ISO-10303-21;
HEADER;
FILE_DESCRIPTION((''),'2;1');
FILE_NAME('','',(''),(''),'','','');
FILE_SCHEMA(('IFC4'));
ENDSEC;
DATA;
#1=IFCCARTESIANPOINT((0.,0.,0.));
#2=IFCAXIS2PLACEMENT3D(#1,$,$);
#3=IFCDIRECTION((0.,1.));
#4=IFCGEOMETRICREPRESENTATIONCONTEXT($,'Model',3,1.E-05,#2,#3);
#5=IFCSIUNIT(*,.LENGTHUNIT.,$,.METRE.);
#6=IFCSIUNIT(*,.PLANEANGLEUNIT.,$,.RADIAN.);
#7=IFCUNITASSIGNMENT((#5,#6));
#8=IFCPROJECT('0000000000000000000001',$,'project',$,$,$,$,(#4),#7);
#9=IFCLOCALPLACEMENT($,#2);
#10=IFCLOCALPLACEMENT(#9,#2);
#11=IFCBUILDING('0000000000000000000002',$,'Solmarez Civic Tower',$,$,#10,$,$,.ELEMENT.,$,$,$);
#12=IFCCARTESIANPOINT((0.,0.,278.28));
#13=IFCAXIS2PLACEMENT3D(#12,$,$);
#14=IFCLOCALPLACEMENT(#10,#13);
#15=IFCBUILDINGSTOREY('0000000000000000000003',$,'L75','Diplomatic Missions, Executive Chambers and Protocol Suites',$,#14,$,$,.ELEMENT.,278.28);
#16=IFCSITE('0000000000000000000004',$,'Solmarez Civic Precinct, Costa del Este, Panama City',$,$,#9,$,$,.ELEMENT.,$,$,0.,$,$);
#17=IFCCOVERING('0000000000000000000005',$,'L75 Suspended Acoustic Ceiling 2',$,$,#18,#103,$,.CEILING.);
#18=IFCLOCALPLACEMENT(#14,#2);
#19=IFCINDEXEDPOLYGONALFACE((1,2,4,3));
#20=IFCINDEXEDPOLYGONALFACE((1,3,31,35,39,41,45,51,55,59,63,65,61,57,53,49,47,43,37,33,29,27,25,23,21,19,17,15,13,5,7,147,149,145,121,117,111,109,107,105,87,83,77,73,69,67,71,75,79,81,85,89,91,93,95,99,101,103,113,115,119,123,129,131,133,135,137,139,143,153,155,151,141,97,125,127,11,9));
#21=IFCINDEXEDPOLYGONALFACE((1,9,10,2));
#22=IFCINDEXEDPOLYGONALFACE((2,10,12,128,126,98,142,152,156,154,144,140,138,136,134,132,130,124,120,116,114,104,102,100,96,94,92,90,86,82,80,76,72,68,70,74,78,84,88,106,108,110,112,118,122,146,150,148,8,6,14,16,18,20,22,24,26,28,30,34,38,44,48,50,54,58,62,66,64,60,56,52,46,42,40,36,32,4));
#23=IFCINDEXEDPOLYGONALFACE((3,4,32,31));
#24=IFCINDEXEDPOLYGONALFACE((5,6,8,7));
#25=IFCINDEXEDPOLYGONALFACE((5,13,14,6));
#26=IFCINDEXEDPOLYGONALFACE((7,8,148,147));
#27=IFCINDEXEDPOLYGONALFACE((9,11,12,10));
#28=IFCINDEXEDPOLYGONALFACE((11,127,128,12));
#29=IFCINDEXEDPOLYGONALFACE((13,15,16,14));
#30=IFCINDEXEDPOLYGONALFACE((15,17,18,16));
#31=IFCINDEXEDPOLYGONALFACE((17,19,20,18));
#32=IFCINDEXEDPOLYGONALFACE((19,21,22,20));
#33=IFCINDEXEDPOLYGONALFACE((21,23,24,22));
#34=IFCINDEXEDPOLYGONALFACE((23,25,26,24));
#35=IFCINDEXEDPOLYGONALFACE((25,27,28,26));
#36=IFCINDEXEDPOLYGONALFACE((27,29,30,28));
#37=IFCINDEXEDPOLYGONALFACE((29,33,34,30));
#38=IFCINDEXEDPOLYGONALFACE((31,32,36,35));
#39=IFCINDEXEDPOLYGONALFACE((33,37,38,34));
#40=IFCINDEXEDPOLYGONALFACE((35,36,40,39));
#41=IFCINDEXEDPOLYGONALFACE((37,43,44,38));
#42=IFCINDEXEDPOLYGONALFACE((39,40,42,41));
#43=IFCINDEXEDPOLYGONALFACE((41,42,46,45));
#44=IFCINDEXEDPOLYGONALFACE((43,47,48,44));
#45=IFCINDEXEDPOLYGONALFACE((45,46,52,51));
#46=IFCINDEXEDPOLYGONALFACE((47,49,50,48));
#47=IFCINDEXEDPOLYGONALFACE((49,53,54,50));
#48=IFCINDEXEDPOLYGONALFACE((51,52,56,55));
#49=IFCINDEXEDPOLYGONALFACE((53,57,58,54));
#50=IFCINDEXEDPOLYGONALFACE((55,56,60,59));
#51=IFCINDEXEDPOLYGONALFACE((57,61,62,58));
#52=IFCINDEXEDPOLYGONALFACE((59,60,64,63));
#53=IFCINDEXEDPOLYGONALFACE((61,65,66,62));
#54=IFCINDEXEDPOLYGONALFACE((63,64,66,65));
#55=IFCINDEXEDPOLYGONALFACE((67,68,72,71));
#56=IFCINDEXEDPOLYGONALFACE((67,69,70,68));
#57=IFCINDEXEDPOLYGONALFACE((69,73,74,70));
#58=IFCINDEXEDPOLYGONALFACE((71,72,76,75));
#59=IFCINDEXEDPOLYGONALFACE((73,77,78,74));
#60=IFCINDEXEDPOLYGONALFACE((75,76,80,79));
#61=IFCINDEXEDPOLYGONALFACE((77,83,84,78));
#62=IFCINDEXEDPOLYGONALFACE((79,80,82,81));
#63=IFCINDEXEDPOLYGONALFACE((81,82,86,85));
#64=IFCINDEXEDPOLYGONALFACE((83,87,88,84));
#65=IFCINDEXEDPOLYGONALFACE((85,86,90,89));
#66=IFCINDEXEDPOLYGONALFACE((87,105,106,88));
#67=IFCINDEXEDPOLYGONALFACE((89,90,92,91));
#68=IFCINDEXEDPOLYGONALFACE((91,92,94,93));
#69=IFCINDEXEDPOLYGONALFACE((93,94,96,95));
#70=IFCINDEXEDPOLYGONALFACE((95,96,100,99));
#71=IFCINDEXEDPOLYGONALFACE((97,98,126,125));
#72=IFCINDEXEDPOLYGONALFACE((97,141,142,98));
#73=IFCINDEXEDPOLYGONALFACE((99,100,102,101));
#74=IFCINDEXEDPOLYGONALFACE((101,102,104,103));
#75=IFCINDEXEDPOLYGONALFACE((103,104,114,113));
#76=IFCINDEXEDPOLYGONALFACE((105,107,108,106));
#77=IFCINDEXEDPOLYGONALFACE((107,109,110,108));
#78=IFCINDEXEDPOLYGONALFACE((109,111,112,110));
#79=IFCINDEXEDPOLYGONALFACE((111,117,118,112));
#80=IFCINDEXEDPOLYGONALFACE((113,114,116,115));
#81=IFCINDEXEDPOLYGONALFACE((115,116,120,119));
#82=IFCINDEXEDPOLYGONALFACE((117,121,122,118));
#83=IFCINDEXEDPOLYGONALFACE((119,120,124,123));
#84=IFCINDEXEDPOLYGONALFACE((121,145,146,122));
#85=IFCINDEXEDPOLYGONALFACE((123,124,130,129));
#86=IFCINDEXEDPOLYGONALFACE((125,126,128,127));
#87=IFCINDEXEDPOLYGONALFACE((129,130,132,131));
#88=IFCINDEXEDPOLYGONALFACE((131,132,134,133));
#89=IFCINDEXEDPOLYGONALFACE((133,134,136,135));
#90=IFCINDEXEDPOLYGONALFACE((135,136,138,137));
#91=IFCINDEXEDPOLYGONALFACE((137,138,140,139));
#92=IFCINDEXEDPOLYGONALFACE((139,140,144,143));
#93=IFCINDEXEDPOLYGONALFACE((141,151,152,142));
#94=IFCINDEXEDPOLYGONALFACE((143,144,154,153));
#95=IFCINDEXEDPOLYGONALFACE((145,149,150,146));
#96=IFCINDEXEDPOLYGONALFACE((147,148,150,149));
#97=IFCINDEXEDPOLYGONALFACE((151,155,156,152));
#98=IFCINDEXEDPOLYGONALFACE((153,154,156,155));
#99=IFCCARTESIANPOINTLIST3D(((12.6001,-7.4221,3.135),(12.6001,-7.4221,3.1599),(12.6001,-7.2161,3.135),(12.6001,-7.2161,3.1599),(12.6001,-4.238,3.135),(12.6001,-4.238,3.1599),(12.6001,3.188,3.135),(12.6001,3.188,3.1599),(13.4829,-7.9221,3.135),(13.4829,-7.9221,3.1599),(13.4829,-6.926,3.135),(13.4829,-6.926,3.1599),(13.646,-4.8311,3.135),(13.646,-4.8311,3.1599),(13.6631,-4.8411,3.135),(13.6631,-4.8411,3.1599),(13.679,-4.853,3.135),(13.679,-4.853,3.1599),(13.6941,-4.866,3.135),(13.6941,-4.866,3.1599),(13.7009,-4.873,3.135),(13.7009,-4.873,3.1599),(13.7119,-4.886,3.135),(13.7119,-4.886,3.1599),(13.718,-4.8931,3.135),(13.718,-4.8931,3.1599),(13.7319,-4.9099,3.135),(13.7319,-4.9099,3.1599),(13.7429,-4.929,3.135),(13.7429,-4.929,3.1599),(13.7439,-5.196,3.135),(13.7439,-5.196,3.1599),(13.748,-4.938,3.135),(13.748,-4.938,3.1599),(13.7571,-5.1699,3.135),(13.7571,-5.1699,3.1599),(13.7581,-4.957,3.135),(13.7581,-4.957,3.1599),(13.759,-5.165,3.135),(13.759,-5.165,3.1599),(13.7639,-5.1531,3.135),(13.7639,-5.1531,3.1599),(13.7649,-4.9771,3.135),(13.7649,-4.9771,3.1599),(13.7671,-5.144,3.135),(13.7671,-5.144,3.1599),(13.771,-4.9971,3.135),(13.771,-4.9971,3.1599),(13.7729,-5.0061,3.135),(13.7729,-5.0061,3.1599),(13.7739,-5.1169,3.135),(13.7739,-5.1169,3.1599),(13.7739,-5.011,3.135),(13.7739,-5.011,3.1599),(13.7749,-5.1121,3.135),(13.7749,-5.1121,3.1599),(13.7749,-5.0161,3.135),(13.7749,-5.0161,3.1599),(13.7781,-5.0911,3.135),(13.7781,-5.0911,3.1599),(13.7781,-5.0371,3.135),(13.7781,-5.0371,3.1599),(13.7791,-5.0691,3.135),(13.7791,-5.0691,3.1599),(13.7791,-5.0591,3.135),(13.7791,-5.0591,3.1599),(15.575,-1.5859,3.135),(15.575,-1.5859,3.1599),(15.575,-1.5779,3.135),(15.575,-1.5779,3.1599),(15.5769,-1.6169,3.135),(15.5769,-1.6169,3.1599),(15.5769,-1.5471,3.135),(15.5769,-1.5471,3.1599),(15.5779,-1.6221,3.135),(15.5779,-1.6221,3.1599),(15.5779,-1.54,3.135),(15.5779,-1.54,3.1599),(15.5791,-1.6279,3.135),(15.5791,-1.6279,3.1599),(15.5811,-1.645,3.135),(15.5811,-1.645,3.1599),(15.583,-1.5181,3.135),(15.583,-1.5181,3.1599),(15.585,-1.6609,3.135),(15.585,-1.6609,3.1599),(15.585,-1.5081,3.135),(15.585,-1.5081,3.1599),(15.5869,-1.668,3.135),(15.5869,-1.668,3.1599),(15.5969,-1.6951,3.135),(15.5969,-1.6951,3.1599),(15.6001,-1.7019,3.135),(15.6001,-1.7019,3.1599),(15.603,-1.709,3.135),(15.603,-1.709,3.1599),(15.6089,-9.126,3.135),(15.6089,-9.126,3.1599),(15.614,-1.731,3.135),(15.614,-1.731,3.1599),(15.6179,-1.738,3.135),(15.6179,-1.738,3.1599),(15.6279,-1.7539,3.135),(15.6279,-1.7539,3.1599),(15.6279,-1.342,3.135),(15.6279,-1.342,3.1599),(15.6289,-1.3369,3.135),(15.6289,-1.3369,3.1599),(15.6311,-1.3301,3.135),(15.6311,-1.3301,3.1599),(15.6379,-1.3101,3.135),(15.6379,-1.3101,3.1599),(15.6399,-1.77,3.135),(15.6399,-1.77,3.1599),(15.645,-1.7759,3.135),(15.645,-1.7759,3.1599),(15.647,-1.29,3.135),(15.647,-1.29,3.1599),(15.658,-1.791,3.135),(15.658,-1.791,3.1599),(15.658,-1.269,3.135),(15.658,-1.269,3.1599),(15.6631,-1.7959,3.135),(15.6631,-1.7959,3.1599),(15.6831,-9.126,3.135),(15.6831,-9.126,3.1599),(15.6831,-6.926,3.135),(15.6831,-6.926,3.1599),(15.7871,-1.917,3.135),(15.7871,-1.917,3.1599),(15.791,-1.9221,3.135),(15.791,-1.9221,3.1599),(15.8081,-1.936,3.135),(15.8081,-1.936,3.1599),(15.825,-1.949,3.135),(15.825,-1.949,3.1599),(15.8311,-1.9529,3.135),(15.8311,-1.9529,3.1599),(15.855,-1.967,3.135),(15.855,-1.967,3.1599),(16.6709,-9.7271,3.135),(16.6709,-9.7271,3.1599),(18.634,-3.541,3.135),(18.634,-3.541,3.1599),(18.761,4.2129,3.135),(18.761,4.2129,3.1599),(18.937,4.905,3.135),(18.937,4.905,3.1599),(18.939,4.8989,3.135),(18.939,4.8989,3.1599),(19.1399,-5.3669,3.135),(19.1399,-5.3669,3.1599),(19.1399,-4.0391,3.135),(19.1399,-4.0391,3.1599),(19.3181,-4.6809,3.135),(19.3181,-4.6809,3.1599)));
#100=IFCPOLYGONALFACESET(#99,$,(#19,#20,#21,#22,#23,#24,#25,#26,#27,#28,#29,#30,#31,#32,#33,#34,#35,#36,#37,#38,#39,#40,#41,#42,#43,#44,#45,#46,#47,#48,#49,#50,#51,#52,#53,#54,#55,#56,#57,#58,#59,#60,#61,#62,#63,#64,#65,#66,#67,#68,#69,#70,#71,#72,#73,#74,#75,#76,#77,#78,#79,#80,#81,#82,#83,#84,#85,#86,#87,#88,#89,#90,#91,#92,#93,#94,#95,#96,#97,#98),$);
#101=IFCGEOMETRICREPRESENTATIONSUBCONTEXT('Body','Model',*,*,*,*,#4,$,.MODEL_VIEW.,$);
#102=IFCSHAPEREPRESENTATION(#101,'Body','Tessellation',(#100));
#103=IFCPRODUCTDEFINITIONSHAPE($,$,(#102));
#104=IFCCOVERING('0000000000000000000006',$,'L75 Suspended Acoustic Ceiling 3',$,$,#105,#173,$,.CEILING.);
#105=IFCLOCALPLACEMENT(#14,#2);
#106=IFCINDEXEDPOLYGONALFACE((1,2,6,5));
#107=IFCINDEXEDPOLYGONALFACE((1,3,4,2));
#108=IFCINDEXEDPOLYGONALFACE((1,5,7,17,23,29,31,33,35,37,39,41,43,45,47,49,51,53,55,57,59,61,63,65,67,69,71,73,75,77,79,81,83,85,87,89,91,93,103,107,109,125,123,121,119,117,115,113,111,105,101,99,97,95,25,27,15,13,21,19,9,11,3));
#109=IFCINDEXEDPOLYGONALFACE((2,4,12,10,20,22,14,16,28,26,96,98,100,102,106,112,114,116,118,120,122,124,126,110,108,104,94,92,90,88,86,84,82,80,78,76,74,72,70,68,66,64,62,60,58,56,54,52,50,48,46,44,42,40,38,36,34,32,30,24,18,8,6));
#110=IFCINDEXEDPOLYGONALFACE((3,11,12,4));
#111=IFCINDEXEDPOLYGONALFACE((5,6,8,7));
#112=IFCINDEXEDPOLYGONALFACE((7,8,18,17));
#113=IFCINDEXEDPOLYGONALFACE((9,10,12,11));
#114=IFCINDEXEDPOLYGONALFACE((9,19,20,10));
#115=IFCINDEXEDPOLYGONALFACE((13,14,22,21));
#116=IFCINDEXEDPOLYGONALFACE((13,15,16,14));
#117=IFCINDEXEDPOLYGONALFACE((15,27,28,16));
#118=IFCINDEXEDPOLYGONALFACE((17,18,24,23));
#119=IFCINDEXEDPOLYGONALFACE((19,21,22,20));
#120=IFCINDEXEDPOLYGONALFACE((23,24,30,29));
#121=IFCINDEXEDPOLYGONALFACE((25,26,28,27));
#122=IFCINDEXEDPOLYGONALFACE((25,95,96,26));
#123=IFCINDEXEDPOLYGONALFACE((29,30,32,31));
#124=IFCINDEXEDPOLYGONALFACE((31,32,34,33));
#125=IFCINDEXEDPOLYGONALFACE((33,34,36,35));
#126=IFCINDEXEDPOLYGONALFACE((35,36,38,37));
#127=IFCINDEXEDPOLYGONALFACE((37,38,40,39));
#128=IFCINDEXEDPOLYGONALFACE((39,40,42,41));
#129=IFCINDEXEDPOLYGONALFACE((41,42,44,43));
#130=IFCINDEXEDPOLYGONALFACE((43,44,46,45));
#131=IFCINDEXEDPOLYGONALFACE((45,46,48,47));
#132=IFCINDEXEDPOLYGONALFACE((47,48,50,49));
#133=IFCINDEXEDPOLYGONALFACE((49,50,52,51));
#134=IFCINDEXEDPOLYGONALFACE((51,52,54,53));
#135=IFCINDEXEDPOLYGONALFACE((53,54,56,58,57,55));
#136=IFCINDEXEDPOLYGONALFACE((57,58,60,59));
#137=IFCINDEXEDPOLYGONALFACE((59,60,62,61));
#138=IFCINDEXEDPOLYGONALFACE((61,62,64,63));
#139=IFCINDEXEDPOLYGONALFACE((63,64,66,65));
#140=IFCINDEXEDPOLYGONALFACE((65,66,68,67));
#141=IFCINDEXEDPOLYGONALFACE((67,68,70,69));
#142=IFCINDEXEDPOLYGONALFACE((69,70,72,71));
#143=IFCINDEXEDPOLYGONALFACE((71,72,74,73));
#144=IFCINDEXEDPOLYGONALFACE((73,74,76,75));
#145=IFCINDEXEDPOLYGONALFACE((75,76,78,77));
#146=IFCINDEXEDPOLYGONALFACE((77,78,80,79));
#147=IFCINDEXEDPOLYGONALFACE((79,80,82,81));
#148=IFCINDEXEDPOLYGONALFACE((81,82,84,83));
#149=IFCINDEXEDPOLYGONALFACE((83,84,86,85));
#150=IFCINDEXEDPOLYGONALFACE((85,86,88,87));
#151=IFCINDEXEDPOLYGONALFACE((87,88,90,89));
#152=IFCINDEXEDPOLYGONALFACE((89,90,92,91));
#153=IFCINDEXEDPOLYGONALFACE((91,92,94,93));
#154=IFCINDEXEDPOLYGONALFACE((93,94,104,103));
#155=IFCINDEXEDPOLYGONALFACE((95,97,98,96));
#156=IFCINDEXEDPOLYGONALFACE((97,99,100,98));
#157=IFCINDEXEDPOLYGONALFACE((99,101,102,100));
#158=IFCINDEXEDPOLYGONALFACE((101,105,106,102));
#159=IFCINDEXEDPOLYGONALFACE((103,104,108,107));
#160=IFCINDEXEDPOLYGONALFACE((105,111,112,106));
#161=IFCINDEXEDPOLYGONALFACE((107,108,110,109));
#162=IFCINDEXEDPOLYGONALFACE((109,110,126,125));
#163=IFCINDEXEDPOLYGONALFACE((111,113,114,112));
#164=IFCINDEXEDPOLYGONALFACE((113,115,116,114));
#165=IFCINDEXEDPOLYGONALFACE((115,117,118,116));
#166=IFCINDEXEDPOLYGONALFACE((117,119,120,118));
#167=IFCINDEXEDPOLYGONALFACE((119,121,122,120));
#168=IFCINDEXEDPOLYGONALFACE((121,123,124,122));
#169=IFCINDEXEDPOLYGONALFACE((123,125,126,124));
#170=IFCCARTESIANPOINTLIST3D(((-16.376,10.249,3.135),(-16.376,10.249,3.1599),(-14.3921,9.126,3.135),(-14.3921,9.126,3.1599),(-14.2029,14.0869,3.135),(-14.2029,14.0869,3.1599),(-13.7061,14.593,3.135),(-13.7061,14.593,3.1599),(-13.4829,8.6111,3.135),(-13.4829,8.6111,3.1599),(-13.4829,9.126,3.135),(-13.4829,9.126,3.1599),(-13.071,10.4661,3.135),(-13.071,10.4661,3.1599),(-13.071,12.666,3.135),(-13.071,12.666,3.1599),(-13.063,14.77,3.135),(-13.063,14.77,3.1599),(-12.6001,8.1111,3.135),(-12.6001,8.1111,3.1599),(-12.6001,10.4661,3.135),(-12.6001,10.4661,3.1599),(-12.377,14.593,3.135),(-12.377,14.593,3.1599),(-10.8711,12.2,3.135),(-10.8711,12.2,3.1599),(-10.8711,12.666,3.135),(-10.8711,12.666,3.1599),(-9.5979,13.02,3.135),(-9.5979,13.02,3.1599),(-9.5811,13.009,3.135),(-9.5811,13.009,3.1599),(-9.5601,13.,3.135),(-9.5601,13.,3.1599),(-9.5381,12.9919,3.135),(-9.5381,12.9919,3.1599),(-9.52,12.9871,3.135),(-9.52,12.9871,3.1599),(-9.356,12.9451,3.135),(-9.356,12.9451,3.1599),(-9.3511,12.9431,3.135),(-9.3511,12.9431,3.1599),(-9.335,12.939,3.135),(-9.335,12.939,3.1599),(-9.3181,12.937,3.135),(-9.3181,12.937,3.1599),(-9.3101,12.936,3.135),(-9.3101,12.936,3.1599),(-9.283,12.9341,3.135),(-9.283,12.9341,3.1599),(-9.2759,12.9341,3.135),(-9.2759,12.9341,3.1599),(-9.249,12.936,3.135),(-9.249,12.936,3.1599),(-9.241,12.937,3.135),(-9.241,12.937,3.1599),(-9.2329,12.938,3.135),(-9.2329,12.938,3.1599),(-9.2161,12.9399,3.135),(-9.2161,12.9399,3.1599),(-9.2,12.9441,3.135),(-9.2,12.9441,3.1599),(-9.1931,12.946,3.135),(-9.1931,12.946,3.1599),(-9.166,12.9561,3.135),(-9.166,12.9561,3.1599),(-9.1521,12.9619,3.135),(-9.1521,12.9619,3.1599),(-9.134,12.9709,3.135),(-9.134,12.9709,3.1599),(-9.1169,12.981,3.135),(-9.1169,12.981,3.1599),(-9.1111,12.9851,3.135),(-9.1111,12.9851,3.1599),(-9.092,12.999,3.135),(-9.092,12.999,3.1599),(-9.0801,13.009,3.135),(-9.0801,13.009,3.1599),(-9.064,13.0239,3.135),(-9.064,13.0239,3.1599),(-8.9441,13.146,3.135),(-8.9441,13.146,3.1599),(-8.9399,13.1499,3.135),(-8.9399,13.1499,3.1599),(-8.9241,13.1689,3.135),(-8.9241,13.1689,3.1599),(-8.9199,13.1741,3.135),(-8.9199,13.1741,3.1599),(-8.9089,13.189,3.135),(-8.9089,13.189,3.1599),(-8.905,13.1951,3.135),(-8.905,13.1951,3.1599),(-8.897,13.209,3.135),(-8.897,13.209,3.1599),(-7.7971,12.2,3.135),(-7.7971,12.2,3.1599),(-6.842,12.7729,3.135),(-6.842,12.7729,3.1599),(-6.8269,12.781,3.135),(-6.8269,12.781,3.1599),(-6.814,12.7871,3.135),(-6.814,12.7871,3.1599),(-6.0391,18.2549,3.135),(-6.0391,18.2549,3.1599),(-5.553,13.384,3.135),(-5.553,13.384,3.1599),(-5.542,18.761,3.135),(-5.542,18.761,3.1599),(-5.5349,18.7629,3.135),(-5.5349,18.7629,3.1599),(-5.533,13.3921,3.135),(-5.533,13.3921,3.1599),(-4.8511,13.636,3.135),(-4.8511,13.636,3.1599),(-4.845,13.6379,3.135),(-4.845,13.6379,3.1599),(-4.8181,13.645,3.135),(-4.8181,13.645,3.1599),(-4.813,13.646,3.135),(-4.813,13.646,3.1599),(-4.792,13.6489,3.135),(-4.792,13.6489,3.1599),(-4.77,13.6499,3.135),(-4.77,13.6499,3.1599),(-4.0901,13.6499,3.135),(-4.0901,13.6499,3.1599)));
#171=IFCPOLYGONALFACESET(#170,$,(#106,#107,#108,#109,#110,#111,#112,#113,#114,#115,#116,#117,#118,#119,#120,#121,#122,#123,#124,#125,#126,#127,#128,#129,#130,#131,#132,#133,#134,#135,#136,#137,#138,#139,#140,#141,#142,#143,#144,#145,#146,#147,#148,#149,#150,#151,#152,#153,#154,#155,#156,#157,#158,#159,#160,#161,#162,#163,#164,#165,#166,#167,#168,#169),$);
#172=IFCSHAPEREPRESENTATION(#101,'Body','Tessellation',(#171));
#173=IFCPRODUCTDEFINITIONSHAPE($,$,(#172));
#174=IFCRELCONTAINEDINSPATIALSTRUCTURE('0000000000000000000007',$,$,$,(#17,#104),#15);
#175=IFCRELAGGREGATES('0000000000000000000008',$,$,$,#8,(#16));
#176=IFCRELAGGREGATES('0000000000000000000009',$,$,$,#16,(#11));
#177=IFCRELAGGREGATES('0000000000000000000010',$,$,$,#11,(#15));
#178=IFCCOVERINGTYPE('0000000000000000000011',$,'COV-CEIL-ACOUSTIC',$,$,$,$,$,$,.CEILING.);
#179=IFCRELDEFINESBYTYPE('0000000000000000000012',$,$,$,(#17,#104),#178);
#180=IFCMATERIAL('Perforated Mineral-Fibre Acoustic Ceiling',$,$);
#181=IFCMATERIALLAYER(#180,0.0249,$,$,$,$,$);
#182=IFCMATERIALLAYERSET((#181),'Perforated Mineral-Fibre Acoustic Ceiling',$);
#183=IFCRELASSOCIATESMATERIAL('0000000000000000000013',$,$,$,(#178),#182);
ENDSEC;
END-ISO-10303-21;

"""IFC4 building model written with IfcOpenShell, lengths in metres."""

from ifc_helpers import new_model, si_unit, direction, frame, origin, place, context, subcontext, project, spatial, polyline, outline, extrude, material, layer, layer_set, type_object, element, save


model = new_model("IFC4")

# Units and contexts
model_context = context("Model", 3, precision=1e-05, world=origin(), true_north=direction((0.0, 1.0)))
body_context = subcontext(model_context, "Body", "Model", "MODEL_VIEW")
ifc_project = project(units=[si_unit("LENGTHUNIT", "METRE"), si_unit("PLANEANGLEUNIT", "RADIAN")], contexts=[model_context])

# Site, building, storey
site_placement = place(None, origin())
site = spatial("IfcSite", under=ifc_project, at=site_placement, Name="Solmarez Civic Precinct, Costa del Este, Panama City", CompositionType="ELEMENT", RefElevation=0.0)
building_placement = place(site_placement, origin())
building = spatial("IfcBuilding", under=site, at=building_placement, Name="Solmarez Civic Tower", CompositionType="ELEMENT")
storey_placement = place(building_placement, frame((0.0, 0.0, 278.28)))
storey = spatial("IfcBuildingStorey", under=building, at=storey_placement, Name="L75", Description="Diplomatic Missions, Executive Chambers and Protocol Suites", CompositionType="ELEMENT", Elevation=278.28)

# Coverings
ifc_material_1 = material(Name="Perforated Mineral-Fibre Acoustic Ceiling")
ifc_layer_1 = layer(ifc_material_1, 0.0249)
ifc_layer_set_1 = layer_set([ifc_layer_1], Name="Perforated Mineral-Fibre Acoustic Ceiling")
covering_type_1 = type_object("IfcCoveringType", Name="COV-CEIL-ACOUSTIC", PredefinedType="CEILING", material=ifc_layer_set_1)
covering_1_placement = place(storey_placement, frame((0.0, 0.0, 3.135)))
element("IfcCovering", 1, at=covering_1_placement, inside=storey, type_object=covering_type_1, Name="L75 Suspended Acoustic Ceiling 2", PredefinedType="CEILING", context=body_context, shape_type="SweptSolid", body=[
    extrude(outline(polyline([(12.6001, 3.188), (12.6001, -4.238), (13.646, -4.8311), (13.6631, -4.8411), (13.679, -4.853), (13.6941, -4.866), (13.7009, -4.873), (13.7119, -4.886), (13.718, -4.8931), (13.7319, -4.9099), (13.7429, -4.929), (13.748, -4.938), (13.7581, -4.957), (13.7649, -4.9771), (13.771, -4.9971), (13.7729, -5.0061), (13.7739, -5.011), (13.7749, -5.0161), (13.7781, -5.0371), (13.7791, -5.0591), (13.7791, -5.0691), (13.7781, -5.0911), (13.7749, -5.1121), (13.7739, -5.1169), (13.7671, -5.144), (13.7639, -5.1531), (13.759, -5.165), (13.7571, -5.1699), (13.7439, -5.196), (12.6001, -7.2161), (12.6001, -7.4221), (13.4829, -7.9221), (13.4829, -6.926), (15.6831, -6.926), (15.6831, -9.126), (15.6089, -9.126), (16.6709, -9.7271), (19.1399, -5.3669), (19.3181, -4.6809), (19.1399, -4.0391), (18.634, -3.541), (15.855, -1.967), (15.8311, -1.9529), (15.825, -1.949), (15.8081, -1.936), (15.791, -1.9221), (15.7871, -1.917), (15.6631, -1.7959), (15.658, -1.791), (15.645, -1.7759), (15.6399, -1.77), (15.6279, -1.7539), (15.6179, -1.738), (15.614, -1.731), (15.603, -1.709), (15.6001, -1.7019), (15.5969, -1.6951), (15.5869, -1.668), (15.585, -1.6609), (15.5811, -1.645), (15.5791, -1.6279), (15.5779, -1.6221), (15.5769, -1.6169), (15.575, -1.5859), (15.575, -1.5779), (15.5769, -1.5471), (15.5779, -1.54), (15.583, -1.5181), (15.585, -1.5081), (15.6279, -1.342), (15.6289, -1.3369), (15.6311, -1.3301), (15.6379, -1.3101), (15.647, -1.29), (15.658, -1.269), (18.761, 4.2129), (18.939, 4.8989), (18.937, 4.905), (12.6001, 3.188)])), origin(), (0.0, 0.0, 1.0), 0.0249),
])
covering_2_placement = place(storey_placement, frame((0.0, 0.0, 3.135)))
element("IfcCovering", 2, at=covering_2_placement, inside=storey, type_object=covering_type_1, Name="L75 Suspended Acoustic Ceiling 3", PredefinedType="CEILING", context=body_context, shape_type="SweptSolid", body=[
    extrude(outline(polyline([(-12.6001, 8.1111), (-12.6001, 10.4661), (-13.071, 10.4661), (-13.071, 12.666), (-10.8711, 12.666), (-10.8711, 12.2), (-7.7971, 12.2), (-6.842, 12.7729), (-6.8269, 12.781), (-6.814, 12.7871), (-5.553, 13.384), (-5.533, 13.3921), (-4.8511, 13.636), (-4.845, 13.6379), (-4.8181, 13.645), (-4.813, 13.646), (-4.792, 13.6489), (-4.77, 13.6499), (-4.0901, 13.6499), (-5.5349, 18.7629), (-5.542, 18.761), (-6.0391, 18.2549), (-8.897, 13.209), (-8.905, 13.1951), (-8.9089, 13.189), (-8.9199, 13.1741), (-8.9241, 13.1689), (-8.9399, 13.1499), (-8.9441, 13.146), (-9.064, 13.0239), (-9.0801, 13.009), (-9.092, 12.999), (-9.1111, 12.9851), (-9.1169, 12.981), (-9.134, 12.9709), (-9.1521, 12.9619), (-9.166, 12.9561), (-9.1931, 12.946), (-9.2, 12.9441), (-9.2161, 12.9399), (-9.2329, 12.938), (-9.241, 12.937), (-9.249, 12.936), (-9.2759, 12.9341), (-9.283, 12.9341), (-9.3101, 12.936), (-9.3181, 12.937), (-9.335, 12.939), (-9.3511, 12.9431), (-9.356, 12.9451), (-9.52, 12.9871), (-9.5381, 12.9919), (-9.5601, 13.0), (-9.5811, 13.009), (-9.5979, 13.02), (-12.377, 14.593), (-13.063, 14.77), (-13.7061, 14.593), (-14.2029, 14.0869), (-16.376, 10.249), (-14.3921, 9.126), (-13.4829, 9.126), (-13.4829, 8.6111), (-12.6001, 8.1111)])), origin(), (0.0, 0.0, 1.0), 0.0249),
])

save(model, "model.ifc")
